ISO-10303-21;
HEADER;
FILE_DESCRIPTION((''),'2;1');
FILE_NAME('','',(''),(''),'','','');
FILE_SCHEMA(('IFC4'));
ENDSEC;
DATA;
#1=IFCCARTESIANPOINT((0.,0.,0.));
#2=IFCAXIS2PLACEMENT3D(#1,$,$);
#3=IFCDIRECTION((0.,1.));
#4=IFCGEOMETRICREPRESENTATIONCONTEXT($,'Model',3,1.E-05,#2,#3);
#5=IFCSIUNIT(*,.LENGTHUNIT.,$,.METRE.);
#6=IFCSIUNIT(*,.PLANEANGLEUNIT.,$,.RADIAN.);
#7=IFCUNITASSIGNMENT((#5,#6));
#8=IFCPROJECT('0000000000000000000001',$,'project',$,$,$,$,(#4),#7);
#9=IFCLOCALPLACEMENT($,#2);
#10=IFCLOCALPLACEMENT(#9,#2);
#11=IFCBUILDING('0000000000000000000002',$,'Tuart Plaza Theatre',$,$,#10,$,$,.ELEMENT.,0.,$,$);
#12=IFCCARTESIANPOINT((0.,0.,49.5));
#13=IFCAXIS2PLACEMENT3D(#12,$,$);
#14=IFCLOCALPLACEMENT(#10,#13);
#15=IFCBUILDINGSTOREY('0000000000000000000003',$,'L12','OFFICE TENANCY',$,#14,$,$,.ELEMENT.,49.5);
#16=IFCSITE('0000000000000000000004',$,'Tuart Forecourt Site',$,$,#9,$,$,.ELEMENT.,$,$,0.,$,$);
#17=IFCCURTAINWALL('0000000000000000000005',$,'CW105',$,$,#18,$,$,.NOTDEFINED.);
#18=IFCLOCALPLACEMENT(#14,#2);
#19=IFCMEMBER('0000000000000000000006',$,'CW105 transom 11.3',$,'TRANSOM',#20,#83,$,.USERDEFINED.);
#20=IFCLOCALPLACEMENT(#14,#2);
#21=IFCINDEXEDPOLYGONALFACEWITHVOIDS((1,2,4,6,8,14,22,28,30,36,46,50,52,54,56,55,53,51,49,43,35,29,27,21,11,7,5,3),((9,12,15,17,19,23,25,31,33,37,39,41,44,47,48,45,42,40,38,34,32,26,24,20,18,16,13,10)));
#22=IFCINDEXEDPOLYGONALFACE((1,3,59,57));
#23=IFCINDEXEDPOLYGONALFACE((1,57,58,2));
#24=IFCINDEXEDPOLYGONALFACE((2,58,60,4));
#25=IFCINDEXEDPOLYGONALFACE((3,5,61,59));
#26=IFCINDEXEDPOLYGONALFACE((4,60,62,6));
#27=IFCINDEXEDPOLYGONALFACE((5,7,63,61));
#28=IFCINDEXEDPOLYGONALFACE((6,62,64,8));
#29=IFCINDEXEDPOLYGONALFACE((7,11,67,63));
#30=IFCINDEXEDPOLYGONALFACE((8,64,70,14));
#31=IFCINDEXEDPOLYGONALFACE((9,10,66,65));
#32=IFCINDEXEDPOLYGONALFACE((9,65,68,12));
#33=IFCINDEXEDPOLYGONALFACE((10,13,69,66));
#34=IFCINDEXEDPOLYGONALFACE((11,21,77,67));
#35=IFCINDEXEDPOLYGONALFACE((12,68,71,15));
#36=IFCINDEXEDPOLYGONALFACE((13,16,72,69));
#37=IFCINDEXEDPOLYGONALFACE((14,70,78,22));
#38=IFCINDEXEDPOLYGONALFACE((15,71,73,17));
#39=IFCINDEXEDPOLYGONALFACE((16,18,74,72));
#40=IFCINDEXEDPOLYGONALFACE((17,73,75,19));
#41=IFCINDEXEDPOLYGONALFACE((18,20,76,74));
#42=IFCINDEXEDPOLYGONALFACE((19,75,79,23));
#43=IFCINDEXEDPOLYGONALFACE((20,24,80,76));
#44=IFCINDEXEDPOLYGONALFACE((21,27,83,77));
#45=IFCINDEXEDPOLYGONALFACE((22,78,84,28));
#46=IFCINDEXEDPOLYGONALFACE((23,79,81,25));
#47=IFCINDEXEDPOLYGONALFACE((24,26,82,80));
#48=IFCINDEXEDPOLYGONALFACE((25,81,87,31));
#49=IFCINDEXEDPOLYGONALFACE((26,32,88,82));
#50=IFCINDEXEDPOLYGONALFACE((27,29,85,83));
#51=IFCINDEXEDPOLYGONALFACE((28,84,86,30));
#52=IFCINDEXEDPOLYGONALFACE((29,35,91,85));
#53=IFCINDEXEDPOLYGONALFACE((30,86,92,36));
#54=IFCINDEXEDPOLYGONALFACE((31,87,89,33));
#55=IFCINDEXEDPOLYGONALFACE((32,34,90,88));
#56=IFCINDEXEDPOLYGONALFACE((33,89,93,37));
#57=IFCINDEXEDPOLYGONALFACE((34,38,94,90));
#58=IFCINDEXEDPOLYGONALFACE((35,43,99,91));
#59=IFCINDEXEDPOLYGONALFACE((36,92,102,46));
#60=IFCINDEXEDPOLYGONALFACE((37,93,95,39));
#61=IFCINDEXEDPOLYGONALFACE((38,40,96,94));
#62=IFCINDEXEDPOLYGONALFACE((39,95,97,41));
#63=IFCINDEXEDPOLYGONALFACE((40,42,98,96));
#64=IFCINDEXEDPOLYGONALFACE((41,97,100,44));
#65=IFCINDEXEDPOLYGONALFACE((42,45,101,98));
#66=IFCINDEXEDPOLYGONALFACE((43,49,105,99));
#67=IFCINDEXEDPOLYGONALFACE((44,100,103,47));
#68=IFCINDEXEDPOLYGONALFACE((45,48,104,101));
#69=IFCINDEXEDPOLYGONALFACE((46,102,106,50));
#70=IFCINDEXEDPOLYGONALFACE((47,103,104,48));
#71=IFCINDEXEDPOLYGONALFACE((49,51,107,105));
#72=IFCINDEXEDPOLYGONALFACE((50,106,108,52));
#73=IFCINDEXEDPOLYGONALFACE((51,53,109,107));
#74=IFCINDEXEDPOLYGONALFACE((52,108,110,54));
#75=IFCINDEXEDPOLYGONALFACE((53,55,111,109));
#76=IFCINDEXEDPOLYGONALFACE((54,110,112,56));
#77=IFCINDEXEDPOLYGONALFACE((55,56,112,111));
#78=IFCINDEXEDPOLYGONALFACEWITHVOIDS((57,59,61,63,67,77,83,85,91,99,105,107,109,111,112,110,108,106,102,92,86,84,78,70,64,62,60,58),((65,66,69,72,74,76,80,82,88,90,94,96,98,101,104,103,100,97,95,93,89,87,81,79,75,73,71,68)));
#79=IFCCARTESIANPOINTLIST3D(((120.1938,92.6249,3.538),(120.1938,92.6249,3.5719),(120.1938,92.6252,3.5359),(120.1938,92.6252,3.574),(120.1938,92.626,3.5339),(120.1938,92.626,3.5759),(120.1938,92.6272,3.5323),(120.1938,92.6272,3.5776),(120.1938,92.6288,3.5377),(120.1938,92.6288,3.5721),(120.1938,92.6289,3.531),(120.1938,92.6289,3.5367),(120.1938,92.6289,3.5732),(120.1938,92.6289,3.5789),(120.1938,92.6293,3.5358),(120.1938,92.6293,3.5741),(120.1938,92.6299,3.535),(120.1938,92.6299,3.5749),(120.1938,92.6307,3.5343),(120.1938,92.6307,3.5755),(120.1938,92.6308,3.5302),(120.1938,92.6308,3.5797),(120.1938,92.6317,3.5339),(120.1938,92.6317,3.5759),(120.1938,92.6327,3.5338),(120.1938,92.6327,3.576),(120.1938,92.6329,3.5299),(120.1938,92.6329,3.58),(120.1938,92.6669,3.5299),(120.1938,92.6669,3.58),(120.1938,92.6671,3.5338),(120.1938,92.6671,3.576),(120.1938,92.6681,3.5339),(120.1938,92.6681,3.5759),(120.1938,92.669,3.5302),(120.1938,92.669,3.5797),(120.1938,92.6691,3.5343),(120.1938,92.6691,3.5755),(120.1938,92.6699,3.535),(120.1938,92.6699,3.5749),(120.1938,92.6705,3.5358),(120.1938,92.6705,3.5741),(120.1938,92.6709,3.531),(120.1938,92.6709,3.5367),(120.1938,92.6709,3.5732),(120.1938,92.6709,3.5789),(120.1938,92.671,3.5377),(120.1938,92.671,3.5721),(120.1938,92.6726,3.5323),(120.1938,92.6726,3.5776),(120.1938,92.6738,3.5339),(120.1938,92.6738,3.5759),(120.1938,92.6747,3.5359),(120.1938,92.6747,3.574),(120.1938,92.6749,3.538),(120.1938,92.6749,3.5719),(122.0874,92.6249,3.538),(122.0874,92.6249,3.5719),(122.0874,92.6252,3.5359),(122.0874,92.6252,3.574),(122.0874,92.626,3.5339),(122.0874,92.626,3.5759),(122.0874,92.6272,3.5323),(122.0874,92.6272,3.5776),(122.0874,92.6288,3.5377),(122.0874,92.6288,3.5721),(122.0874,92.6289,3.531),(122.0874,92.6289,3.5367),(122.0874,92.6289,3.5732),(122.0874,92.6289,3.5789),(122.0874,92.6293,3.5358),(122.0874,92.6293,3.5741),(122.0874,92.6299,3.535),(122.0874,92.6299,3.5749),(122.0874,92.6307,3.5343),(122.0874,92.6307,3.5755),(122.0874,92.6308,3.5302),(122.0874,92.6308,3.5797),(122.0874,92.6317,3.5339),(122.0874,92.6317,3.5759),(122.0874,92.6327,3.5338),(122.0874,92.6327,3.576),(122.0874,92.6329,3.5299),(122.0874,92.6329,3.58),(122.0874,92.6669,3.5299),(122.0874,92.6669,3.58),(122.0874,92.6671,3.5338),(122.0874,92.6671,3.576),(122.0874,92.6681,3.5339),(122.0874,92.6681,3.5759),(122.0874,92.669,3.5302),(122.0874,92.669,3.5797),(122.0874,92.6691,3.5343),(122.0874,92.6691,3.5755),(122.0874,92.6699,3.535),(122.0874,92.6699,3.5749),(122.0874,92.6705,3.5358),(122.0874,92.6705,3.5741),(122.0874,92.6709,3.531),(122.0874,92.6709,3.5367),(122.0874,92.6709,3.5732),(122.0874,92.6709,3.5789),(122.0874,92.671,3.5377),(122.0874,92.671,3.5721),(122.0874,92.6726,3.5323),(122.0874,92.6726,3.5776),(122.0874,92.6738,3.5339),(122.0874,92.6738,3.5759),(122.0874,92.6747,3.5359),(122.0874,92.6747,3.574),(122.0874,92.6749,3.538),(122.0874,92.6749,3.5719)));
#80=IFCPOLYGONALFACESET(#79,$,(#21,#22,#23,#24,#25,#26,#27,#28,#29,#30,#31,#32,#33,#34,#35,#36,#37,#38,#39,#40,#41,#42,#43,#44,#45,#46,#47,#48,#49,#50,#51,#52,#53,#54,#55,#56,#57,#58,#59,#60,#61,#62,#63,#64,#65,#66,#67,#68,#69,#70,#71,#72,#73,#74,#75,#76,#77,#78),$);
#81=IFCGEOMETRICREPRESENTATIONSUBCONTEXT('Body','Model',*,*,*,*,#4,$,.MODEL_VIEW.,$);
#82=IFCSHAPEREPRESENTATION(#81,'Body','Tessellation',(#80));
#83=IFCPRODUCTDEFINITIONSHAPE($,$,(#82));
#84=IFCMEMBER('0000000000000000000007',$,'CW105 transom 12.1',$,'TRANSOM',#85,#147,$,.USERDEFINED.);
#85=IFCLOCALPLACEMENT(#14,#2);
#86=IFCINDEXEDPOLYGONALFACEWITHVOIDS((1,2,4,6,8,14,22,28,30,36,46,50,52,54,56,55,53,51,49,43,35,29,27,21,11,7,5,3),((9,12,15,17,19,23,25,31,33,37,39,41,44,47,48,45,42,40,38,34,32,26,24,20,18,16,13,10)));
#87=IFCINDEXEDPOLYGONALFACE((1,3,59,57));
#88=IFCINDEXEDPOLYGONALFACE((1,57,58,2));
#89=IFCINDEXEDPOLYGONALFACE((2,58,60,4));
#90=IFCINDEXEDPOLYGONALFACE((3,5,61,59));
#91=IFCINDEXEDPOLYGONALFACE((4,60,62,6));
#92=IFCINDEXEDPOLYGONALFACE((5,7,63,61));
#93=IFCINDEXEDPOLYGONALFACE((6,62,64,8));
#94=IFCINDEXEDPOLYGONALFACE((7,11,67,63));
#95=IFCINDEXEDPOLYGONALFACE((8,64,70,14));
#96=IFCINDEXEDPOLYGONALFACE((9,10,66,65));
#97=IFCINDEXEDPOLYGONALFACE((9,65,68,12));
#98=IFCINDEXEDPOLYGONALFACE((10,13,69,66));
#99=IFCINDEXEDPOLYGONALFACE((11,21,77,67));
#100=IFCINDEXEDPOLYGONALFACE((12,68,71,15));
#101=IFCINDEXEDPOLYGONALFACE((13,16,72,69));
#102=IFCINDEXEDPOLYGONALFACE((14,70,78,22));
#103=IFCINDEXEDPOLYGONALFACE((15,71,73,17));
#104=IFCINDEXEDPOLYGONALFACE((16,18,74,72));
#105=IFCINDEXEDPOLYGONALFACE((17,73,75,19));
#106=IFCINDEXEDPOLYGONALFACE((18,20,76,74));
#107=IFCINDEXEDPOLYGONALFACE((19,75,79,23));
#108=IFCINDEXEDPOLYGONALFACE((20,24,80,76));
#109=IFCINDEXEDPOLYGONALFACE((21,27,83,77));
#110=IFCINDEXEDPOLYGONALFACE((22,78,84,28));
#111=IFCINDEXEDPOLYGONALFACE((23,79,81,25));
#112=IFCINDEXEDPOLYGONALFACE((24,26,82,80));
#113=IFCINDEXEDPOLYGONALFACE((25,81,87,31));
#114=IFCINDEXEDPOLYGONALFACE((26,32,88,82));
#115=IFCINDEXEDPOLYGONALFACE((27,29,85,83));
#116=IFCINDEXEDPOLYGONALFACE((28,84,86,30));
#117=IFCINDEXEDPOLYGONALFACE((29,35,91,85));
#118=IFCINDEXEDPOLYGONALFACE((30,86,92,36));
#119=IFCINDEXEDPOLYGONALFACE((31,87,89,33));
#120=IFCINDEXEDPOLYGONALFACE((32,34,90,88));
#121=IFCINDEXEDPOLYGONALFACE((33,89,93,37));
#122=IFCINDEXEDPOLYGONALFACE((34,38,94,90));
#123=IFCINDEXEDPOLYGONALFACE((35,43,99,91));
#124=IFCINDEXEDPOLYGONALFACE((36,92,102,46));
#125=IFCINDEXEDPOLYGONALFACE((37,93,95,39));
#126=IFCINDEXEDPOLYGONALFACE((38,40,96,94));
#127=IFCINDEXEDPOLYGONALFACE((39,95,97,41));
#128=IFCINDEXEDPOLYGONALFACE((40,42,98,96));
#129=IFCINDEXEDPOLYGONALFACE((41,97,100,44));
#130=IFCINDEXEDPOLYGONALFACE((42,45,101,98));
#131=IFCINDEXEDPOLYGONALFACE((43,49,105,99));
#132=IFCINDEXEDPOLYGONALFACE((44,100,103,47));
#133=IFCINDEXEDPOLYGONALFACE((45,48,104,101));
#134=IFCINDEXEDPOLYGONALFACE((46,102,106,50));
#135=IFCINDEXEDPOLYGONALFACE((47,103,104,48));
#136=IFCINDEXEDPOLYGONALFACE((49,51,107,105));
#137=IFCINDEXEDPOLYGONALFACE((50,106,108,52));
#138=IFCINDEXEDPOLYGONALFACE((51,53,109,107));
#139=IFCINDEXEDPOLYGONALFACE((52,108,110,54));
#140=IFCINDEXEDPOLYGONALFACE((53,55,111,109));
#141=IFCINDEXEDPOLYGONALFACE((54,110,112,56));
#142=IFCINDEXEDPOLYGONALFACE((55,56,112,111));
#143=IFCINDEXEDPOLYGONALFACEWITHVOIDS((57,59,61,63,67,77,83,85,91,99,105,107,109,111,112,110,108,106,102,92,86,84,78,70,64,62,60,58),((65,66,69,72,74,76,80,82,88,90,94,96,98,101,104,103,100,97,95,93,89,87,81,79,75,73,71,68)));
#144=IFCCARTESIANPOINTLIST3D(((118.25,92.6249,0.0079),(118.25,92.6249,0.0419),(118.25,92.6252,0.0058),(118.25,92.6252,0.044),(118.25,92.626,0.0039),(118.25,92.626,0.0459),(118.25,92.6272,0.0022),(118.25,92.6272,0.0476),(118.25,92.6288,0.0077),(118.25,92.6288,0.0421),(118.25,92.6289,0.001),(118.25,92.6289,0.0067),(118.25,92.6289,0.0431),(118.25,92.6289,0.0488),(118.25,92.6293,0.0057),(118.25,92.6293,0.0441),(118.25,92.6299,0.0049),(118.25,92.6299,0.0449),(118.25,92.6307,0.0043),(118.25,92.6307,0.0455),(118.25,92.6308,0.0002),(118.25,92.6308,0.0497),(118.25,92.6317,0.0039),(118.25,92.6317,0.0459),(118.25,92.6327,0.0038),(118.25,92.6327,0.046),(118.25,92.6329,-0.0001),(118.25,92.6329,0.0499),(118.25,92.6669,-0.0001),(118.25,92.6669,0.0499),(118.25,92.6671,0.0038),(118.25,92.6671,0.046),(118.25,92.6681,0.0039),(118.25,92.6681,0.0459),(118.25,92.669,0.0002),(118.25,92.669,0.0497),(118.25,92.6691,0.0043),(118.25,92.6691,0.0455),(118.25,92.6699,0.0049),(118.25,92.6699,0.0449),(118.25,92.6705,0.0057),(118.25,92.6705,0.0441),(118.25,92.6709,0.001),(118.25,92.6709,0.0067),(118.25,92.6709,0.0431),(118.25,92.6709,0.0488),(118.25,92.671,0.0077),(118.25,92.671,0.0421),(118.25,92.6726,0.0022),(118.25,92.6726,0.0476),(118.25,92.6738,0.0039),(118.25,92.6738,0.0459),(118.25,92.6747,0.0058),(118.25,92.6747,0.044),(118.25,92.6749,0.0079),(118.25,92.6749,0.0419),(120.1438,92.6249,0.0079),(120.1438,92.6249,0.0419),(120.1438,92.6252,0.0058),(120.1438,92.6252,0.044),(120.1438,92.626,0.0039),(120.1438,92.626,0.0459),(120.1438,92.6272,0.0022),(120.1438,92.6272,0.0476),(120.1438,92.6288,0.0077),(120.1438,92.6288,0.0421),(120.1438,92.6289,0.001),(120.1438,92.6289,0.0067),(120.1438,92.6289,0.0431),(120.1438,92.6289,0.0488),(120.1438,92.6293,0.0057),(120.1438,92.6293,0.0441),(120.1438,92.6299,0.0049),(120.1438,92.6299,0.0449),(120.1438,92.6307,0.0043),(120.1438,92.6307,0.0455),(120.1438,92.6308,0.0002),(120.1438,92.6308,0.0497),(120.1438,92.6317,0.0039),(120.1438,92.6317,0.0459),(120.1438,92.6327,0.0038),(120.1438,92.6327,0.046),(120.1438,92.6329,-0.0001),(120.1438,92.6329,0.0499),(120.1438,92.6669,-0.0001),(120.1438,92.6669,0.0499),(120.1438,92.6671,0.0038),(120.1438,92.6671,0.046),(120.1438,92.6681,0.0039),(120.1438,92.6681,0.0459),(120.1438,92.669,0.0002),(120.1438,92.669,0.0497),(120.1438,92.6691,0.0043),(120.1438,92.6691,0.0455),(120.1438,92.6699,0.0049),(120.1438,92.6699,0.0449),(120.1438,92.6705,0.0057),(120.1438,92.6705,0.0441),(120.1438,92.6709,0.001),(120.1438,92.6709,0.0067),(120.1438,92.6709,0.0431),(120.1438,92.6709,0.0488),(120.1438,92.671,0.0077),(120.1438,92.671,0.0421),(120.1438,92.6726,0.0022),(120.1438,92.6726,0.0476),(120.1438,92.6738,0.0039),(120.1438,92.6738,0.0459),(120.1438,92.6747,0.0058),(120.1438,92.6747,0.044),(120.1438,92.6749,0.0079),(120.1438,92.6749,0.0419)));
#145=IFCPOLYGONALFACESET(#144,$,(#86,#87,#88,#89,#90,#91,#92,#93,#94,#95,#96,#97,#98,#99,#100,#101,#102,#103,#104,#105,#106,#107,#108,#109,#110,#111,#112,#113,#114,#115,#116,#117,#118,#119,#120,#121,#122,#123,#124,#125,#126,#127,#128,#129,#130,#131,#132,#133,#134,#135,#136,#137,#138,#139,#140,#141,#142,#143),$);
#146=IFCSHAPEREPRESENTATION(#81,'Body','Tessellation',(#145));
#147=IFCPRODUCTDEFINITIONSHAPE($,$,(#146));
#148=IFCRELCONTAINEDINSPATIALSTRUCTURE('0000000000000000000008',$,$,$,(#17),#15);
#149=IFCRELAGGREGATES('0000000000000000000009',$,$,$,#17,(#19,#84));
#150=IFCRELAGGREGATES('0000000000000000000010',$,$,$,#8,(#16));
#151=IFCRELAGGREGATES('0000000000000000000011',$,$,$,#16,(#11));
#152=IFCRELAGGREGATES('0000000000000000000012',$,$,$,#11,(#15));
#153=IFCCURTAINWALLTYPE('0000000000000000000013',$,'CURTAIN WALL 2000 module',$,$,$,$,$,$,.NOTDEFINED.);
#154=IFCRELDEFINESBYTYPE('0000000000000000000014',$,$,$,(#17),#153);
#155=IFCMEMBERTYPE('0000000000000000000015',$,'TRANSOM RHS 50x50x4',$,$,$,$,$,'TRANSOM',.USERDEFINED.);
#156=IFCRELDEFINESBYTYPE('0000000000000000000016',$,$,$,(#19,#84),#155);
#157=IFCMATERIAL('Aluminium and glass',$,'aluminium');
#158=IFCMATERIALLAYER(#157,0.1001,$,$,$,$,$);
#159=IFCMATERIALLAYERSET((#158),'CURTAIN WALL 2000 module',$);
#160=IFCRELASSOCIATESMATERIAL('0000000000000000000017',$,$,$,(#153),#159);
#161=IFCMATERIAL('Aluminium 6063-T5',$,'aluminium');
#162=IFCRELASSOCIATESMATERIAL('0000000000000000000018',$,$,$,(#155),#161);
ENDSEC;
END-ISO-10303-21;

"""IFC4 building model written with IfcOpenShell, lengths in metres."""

from ifc_helpers import new_model, si_unit, direction, frame, origin, origin_2d, place, context, subcontext, project, spatial, hollow_rectangle, extrude, material, layer, layer_set, material_profile, profile_set, type_object, element, aggregate, save


model = new_model("IFC4")

# Units and contexts
model_context = context("Model", 3, precision=1e-05, world=origin(), true_north=direction((0.0, 1.0)))
body_context = subcontext(model_context, "Body", "Model", "MODEL_VIEW")
ifc_project = project(units=[si_unit("LENGTHUNIT", "METRE"), si_unit("PLANEANGLEUNIT", "RADIAN")], contexts=[model_context])

# Site, building, storey
site_placement = place(None, origin())
site = spatial("IfcSite", under=ifc_project, at=site_placement, Name="Tuart Forecourt Site", CompositionType="ELEMENT", RefElevation=0.0)
building_placement = place(site_placement, origin())
building = spatial("IfcBuilding", under=site, at=building_placement, Name="Tuart Plaza Theatre", CompositionType="ELEMENT", ElevationOfRefHeight=0.0)
storey_placement = place(building_placement, frame((0.0, 0.0, 49.5)))
storey = spatial("IfcBuildingStorey", under=building, at=storey_placement, Name="L12", Description="OFFICE TENANCY", CompositionType="ELEMENT", Elevation=49.5)

# Curtain wall, members
ifc_material_1 = material(Name="Aluminium and glass", Category="aluminium")
ifc_layer_1 = layer(ifc_material_1, 0.1001)
ifc_layer_set_1 = layer_set([ifc_layer_1], Name="CURTAIN WALL 2000 module")
curtain_wall_type = type_object("IfcCurtainWallType", Name="CURTAIN WALL 2000 module", PredefinedType="NOTDEFINED", material=ifc_layer_set_1)
curtain_wall_placement = place(storey_placement, origin())
curtain_wall = element("IfcCurtainWall", 1, at=curtain_wall_placement, inside=storey, type_object=curtain_wall_type, Name="CW105", PredefinedType="NOTDEFINED")
ifc_material_2 = material(Name="Aluminium 6063-T5", Category="aluminium")
ifc_material_profile_1 = material_profile(ifc_material_2, hollow_rectangle(XDim=0.05, YDim=0.05, WallThickness=0.0039, InnerFilletRadius=0.0039, OuterFilletRadius=0.0081, at=origin_2d()), Name="RHS 50x50x4")
ifc_profile_set_1 = profile_set([ifc_material_profile_1], Name="Aluminium 6063-T5")
member_type_1 = type_object("IfcMemberType", Name="TRANSOM RHS 50x50x4", ElementType="TRANSOM", PredefinedType="USERDEFINED", material=ifc_profile_set_1)
member_1_placement = place(storey_placement, frame((122.0874, 92.6499, 3.5549), z_axis=(-1.0, 0.0, 0.0), x_axis=(0.0, -1.0, 0.0)))
member_1 = element("IfcMember", 2, at=member_1_placement, type_object=member_type_1, Name="CW105 transom 11.3", ObjectType="TRANSOM", PredefinedType="USERDEFINED", context=body_context, shape_type="SweptSolid", body=[
    extrude(hollow_rectangle(XDim=0.05, YDim=0.05, WallThickness=0.0039, InnerFilletRadius=0.0039, OuterFilletRadius=0.0081, at=origin_2d()), origin(), (0.0, 0.0, 1.0), 1.8936),
])
member_2_placement = place(storey_placement, frame((120.1438, 92.6499, 0.0249), z_axis=(-1.0, 0.0, 0.0), x_axis=(0.0, -1.0, 0.0)))
member_2 = element("IfcMember", 3, at=member_2_placement, type_object=member_type_1, Name="CW105 transom 12.1", ObjectType="TRANSOM", PredefinedType="USERDEFINED", context=body_context, shape_type="SweptSolid", body=[
    extrude(hollow_rectangle(XDim=0.05, YDim=0.05, WallThickness=0.0039, InnerFilletRadius=0.0039, OuterFilletRadius=0.0081, at=origin_2d()), origin(), (0.0, 0.0, 1.0), 1.8938),
])
aggregate(curtain_wall, [member_1, member_2])

save(model, "model.ifc")
